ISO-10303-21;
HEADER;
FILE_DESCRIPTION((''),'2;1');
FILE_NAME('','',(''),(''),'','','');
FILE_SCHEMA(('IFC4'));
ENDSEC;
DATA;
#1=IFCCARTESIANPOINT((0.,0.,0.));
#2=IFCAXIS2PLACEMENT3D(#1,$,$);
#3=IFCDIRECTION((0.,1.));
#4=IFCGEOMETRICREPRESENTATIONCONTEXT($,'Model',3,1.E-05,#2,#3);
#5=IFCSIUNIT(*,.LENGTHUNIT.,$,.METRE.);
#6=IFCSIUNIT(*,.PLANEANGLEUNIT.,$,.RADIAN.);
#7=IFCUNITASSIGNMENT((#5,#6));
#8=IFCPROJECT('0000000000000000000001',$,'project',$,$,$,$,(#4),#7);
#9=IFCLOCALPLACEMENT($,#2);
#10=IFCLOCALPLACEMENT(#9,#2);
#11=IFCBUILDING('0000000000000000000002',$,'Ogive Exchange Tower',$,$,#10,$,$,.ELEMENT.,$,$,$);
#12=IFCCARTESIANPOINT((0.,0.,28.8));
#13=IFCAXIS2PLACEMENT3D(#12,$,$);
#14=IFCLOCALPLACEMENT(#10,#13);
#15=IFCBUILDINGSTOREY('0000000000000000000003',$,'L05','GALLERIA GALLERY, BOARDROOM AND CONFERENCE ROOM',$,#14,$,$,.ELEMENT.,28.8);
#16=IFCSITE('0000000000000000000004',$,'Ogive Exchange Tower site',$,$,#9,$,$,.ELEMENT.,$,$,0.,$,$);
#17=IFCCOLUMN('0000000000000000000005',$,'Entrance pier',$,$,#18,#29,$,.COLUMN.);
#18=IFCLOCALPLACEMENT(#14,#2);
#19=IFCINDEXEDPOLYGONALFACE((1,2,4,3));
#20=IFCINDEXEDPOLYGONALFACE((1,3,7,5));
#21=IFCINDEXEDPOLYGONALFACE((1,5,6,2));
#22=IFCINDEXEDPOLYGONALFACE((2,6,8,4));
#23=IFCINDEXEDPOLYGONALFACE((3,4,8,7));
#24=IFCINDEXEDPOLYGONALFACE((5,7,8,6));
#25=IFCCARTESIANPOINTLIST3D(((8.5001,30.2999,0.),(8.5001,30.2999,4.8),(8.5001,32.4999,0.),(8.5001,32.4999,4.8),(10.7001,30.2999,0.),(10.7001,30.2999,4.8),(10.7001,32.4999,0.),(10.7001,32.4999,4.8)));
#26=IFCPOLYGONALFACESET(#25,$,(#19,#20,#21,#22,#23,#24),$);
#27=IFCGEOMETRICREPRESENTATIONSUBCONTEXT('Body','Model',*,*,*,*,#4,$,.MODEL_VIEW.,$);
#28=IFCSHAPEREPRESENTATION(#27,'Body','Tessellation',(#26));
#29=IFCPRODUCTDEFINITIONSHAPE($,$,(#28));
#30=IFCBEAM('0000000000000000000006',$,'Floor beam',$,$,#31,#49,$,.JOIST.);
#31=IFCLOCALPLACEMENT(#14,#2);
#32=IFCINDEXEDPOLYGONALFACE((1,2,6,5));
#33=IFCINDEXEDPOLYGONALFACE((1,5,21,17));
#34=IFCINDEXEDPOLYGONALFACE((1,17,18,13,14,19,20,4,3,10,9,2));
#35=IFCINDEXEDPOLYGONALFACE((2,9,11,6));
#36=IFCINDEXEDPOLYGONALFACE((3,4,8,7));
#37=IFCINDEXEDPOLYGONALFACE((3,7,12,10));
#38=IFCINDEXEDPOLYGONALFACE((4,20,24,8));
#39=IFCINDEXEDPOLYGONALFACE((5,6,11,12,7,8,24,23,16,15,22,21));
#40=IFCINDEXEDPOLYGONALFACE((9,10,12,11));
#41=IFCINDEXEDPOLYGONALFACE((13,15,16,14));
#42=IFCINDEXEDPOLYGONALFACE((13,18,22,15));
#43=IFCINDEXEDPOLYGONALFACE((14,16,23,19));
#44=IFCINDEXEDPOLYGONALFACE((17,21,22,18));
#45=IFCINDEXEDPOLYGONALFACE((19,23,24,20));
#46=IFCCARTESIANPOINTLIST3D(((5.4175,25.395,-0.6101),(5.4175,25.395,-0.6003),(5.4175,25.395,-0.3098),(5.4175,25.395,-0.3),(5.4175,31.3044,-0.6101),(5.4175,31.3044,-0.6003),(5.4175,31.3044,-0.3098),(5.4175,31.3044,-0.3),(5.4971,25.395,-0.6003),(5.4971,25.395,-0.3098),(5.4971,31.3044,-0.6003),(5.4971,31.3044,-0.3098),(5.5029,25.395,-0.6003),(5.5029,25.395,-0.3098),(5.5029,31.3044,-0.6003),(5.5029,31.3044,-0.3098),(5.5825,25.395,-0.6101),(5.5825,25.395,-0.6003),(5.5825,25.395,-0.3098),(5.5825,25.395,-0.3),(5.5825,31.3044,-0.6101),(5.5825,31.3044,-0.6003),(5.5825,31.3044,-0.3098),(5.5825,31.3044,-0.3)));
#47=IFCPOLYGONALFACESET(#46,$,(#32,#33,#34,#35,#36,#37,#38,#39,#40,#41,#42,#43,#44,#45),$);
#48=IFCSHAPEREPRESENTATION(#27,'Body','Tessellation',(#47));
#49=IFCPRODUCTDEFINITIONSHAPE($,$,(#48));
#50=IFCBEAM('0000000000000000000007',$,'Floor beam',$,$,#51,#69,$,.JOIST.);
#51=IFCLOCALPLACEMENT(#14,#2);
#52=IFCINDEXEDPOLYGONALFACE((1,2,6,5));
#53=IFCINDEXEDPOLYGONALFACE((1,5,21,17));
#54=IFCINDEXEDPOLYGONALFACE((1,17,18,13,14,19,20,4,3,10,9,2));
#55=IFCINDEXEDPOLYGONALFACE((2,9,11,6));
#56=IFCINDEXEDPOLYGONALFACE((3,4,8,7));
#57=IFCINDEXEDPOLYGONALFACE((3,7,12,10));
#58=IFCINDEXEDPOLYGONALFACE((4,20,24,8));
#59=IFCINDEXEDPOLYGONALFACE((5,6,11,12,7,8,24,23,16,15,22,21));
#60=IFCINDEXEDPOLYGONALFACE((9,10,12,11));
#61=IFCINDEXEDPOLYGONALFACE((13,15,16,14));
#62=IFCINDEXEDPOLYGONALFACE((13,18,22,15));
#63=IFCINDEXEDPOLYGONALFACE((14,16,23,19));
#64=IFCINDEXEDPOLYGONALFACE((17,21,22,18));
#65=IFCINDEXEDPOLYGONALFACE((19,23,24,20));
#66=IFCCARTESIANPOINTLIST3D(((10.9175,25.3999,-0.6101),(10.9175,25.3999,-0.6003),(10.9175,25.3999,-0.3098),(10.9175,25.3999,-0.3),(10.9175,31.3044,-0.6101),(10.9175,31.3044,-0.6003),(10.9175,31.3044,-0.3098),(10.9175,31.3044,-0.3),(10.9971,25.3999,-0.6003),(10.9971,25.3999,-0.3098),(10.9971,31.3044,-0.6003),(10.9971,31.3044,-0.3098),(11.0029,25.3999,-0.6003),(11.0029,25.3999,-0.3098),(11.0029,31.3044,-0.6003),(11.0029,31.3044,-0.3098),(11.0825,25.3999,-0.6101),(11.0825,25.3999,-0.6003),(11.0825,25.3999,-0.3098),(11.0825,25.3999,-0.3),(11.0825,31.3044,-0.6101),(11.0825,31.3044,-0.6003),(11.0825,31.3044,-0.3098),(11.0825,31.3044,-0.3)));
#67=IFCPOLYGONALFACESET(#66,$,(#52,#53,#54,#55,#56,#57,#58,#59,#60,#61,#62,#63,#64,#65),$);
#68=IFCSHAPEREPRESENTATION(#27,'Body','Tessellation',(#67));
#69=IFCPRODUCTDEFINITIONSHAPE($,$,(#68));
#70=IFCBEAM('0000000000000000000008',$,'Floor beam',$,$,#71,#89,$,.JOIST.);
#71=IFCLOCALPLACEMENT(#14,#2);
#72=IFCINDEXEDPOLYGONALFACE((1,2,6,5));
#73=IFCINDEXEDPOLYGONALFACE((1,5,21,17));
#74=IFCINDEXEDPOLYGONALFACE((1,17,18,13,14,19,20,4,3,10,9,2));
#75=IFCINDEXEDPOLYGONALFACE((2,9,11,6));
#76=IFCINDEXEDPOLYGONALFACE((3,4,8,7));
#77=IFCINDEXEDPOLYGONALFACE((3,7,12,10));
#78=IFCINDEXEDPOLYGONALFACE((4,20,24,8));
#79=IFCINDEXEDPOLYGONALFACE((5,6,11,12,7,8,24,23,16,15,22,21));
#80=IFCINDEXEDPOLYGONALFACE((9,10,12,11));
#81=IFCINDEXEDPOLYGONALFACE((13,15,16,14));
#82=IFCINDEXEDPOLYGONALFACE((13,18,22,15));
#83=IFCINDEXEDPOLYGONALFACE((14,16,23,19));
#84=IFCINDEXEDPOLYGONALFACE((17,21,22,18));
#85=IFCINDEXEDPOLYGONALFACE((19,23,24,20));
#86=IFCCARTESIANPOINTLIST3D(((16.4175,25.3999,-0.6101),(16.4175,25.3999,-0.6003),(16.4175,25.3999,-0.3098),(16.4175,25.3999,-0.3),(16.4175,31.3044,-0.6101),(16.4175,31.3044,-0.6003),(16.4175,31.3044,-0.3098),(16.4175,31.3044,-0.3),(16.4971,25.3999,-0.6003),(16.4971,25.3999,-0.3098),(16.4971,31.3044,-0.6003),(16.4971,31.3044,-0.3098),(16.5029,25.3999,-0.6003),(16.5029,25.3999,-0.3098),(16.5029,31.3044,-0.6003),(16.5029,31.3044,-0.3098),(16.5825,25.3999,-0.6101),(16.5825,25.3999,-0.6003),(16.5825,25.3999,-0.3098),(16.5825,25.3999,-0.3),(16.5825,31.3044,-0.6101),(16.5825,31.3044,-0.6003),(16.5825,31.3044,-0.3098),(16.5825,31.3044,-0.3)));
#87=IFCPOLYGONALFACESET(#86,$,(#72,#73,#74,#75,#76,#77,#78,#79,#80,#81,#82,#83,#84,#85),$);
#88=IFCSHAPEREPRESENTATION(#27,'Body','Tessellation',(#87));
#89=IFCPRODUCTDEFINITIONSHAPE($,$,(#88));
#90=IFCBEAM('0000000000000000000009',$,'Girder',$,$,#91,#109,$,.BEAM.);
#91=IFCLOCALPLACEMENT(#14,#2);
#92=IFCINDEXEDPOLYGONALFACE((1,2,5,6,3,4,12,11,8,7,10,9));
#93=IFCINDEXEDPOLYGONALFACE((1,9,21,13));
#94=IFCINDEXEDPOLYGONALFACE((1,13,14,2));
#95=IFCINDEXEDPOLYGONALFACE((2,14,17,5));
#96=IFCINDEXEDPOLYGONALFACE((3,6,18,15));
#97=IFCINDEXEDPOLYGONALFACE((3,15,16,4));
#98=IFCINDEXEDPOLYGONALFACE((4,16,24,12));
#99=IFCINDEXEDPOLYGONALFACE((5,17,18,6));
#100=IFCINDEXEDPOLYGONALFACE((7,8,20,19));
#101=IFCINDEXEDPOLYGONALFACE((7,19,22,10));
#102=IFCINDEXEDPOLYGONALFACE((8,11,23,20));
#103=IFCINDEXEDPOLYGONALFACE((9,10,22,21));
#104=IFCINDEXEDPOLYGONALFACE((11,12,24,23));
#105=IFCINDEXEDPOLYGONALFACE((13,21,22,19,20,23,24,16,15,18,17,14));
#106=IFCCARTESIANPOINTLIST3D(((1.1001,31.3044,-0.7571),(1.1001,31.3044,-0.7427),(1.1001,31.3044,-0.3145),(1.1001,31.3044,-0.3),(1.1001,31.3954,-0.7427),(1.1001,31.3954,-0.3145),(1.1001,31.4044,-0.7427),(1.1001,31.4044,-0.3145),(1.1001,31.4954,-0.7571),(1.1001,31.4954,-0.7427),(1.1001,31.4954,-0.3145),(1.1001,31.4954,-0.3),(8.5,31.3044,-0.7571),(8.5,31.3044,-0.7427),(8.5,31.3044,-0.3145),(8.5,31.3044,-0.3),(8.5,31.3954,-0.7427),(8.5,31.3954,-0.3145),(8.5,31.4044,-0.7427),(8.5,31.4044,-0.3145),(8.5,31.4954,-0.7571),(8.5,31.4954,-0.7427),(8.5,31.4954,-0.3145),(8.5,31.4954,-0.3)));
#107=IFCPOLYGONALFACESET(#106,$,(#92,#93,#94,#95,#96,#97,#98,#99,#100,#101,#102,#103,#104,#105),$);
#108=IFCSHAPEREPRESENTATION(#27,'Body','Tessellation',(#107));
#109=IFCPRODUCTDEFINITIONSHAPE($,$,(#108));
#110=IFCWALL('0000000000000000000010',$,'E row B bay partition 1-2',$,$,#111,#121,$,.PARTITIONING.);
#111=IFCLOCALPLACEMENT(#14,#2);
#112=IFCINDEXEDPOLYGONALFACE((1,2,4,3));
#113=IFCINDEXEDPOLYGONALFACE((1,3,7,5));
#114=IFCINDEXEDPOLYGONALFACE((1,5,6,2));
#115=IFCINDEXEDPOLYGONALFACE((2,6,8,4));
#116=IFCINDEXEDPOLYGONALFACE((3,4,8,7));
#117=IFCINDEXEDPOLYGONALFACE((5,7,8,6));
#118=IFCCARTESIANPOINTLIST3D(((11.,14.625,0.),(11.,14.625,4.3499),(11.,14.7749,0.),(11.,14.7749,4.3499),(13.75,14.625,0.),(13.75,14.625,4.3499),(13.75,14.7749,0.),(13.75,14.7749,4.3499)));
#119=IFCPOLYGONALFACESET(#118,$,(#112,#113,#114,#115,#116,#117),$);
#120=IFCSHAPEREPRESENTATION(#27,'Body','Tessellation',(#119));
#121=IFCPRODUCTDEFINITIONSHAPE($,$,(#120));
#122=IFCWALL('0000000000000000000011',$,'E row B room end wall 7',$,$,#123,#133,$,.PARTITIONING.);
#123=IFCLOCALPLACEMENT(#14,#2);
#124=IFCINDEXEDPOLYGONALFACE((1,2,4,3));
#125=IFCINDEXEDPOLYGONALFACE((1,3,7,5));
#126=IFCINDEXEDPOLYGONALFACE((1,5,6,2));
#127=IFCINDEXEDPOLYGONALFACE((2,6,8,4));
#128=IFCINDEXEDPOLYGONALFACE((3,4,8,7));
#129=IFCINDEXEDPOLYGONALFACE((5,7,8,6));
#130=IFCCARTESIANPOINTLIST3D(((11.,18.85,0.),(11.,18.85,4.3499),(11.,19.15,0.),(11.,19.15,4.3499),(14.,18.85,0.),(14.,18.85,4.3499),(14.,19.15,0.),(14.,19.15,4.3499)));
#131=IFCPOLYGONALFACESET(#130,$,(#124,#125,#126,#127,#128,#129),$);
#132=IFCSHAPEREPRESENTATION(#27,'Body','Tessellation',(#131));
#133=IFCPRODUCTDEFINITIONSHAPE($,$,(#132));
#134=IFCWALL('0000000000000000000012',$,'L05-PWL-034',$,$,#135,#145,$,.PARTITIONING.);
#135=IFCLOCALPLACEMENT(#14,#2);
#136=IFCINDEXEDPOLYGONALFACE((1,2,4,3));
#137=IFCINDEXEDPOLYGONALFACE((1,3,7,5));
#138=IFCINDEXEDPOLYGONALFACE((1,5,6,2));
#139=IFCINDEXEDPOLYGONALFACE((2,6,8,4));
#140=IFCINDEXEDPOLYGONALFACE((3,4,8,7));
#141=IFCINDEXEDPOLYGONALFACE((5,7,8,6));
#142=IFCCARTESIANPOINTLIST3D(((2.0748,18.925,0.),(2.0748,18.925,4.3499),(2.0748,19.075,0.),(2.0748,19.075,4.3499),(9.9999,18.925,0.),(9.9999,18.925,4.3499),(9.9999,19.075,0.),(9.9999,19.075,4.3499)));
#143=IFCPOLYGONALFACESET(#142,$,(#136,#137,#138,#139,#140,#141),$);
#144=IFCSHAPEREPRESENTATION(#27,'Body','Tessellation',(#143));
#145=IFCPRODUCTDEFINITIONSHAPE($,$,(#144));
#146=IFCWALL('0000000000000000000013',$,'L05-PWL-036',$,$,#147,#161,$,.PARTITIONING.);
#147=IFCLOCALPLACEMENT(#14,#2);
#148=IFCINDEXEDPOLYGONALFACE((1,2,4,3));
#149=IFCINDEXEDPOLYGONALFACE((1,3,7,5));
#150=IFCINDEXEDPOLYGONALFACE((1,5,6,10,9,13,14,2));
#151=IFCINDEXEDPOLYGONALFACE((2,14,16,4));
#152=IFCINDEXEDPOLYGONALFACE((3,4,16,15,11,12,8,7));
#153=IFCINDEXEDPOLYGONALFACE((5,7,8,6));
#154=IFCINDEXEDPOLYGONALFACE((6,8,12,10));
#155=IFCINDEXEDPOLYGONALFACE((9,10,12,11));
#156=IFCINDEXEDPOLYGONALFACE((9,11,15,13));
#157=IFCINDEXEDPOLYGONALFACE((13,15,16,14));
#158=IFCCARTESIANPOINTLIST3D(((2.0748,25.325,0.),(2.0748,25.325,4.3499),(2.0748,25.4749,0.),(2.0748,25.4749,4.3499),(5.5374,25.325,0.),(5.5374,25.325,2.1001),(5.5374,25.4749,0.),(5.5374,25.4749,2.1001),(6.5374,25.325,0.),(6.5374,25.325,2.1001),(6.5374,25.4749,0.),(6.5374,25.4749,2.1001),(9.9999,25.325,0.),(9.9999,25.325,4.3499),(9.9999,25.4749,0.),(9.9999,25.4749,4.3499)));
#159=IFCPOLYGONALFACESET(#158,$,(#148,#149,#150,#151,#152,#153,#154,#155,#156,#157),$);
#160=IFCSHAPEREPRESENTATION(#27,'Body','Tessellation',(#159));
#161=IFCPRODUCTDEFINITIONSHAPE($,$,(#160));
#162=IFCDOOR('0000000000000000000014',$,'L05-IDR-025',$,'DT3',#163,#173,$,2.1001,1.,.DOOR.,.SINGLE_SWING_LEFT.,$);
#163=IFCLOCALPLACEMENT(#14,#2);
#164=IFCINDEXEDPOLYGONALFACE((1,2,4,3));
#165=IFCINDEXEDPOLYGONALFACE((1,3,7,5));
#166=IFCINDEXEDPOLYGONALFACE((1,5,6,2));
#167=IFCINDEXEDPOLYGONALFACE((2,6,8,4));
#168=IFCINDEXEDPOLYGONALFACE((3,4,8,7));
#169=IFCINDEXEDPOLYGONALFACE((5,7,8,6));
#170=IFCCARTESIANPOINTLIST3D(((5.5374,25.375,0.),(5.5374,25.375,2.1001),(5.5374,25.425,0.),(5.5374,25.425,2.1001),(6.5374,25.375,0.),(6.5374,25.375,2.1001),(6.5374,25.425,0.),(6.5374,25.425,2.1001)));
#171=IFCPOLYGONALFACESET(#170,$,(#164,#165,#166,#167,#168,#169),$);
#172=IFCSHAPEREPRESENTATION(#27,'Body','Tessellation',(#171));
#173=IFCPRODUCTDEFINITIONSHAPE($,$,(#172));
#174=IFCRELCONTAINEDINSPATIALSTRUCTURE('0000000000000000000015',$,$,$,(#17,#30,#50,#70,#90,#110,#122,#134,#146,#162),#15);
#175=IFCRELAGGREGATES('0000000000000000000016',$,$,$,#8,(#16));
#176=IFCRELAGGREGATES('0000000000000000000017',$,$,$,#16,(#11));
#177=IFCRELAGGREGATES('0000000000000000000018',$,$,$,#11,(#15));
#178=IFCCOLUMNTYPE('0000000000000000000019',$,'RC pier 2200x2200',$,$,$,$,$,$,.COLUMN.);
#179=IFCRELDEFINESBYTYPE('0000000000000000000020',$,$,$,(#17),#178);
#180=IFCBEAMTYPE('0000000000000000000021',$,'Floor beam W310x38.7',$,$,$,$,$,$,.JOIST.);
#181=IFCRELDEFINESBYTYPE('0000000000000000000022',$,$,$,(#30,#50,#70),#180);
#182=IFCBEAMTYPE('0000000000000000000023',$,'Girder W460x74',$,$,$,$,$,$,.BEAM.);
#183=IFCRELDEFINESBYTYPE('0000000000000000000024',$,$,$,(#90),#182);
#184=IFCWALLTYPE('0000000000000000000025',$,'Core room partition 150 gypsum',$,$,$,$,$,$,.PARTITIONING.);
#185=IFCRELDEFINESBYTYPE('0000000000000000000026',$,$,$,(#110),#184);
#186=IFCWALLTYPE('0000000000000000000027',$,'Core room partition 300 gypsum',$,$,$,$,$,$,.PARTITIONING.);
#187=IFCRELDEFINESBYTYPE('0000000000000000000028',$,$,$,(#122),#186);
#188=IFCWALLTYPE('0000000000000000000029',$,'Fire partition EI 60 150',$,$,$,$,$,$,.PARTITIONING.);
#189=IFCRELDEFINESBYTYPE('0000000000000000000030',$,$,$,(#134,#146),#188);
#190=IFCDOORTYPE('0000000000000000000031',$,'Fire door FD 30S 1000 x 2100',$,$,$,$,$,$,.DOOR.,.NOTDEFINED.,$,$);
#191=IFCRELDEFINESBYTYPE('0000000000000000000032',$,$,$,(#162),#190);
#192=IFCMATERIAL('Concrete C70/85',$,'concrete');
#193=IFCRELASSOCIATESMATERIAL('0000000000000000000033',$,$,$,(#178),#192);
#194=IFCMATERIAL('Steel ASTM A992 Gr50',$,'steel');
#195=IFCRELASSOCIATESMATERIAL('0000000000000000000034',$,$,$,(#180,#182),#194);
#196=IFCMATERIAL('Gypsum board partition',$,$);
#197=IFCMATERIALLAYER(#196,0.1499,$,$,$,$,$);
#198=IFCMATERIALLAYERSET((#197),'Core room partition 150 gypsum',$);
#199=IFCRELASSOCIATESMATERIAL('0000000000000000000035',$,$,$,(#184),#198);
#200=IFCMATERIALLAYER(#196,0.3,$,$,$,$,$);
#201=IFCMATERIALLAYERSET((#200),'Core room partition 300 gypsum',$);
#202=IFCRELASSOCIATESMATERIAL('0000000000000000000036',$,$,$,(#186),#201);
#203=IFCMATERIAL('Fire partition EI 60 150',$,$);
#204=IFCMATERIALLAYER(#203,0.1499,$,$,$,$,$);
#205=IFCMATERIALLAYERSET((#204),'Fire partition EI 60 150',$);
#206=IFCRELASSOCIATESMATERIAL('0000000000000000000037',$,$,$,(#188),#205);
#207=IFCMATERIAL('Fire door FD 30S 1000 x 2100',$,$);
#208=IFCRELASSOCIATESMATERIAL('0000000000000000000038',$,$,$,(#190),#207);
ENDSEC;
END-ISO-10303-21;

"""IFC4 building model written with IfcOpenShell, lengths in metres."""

from ifc_helpers import new_model, si_unit, direction, frame, frame_2d, origin, origin_2d, place, context, subcontext, project, spatial, rectangle, i_section, extrude, material, layer, layer_set, material_profile, profile_set, type_object, element, fill, save


model = new_model("IFC4")

# Units and contexts
model_context = context("Model", 3, precision=1e-05, world=origin(), true_north=direction((0.0, 1.0)))
body_context = subcontext(model_context, "Body", "Model", "MODEL_VIEW")
ifc_project = project(units=[si_unit("LENGTHUNIT", "METRE"), si_unit("PLANEANGLEUNIT", "RADIAN")], contexts=[model_context])

# Site, building, storey
site_placement = place(None, origin())
site = spatial("IfcSite", under=ifc_project, at=site_placement, Name="Ogive Exchange Tower site", CompositionType="ELEMENT", RefElevation=0.0)
building_placement = place(site_placement, origin())
building = spatial("IfcBuilding", under=site, at=building_placement, Name="Ogive Exchange Tower", CompositionType="ELEMENT")
storey_placement = place(building_placement, frame((0.0, 0.0, 28.8)))
storey = spatial("IfcBuildingStorey", under=building, at=storey_placement, Name="L05", Description="GALLERIA GALLERY, BOARDROOM AND CONFERENCE ROOM", CompositionType="ELEMENT", Elevation=28.8)

# Column
ifc_material_1 = material(Name="Concrete C70/85", Category="concrete")
ifc_material_profile_1 = material_profile(ifc_material_1, rectangle(XDim=2.2, YDim=2.2, at=origin_2d()), Name="RC 2200x2200")
ifc_profile_set_1 = profile_set([ifc_material_profile_1], Name="Concrete C70/85")
column_type = type_object("IfcColumnType", Name="RC pier 2200x2200", PredefinedType="COLUMN", material=ifc_profile_set_1)
column_placement = place(storey_placement, frame((9.6001, 31.3999, 0.0), z_axis=(0.0, 0.0, 1.0), x_axis=(1.0, 0.0, 0.0)))
element("IfcColumn", 1, at=column_placement, inside=storey, type_object=column_type, Name="Entrance pier", PredefinedType="COLUMN", context=body_context, shape_type="SweptSolid", body=[
    extrude(rectangle(XDim=2.2, YDim=2.2, at=origin_2d()), origin(), (0.0, 0.0, 1.0), 4.8),
])

# Beams
ifc_material_2 = material(Name="Steel ASTM A992 Gr50", Category="steel")
ifc_material_profile_2 = material_profile(ifc_material_2, i_section(OverallWidth=0.165, OverallDepth=0.3101, WebThickness=0.0059, FlangeThickness=0.0098, at=origin_2d()), Name="W310x38.7")
ifc_profile_set_2 = profile_set([ifc_material_profile_2], Name="Steel ASTM A992 Gr50")
beam_type_1 = type_object("IfcBeamType", Name="Floor beam W310x38.7", PredefinedType="JOIST", material=ifc_profile_set_2)
beam_1_placement = place(storey_placement, frame((5.5, 25.395, -0.4551), z_axis=(0.0, 1.0, 0.0), x_axis=(-1.0, 0.0, 0.0)))
element("IfcBeam", 2, at=beam_1_placement, inside=storey, type_object=beam_type_1, Name="Floor beam", PredefinedType="JOIST", context=body_context, shape_type="SweptSolid", body=[
    extrude(i_section(OverallWidth=0.165, OverallDepth=0.3101, WebThickness=0.0059, FlangeThickness=0.0098, at=origin_2d()), origin(), (0.0, 0.0, 1.0), 5.9094),
])
for number, where, z_axis, x_axis, name in (
    (3, (11.0, 25.3999, -0.4551), (0.0, 1.0, 0.0), (-1.0, 0.0, 0.0), "Floor beam"),
    (4, (16.5, 25.3999, -0.4551), (0.0, 1.0, 0.0), (-1.0, 0.0, 0.0), "Floor beam"),
):
    element("IfcBeam", number, at=place(storey_placement, frame(where, z_axis=z_axis, x_axis=x_axis)), inside=storey, type_object=beam_type_1, Name=name, PredefinedType="JOIST", context=body_context, shape_type="SweptSolid", body=[
        extrude(i_section(OverallWidth=0.165, OverallDepth=0.3101, WebThickness=0.0059, FlangeThickness=0.0098, at=origin_2d()), origin(), (0.0, 0.0, 1.0), 5.9045),
    ])
ifc_material_profile_3 = material_profile(ifc_material_2, i_section(OverallWidth=0.1909, OverallDepth=0.457, WebThickness=0.009, FlangeThickness=0.0144, at=origin_2d()), Name="W460x74")
ifc_profile_set_3 = profile_set([ifc_material_profile_3], Name="Steel ASTM A992 Gr50")
beam_type_2 = type_object("IfcBeamType", Name="Girder W460x74", PredefinedType="BEAM", material=ifc_profile_set_3)
beam_2_placement = place(storey_placement, frame((8.5, 31.3999, -0.5286), z_axis=(-1.0, 0.0, 0.0), x_axis=(0.0, -1.0, 0.0)))
element("IfcBeam", 5, at=beam_2_placement, inside=storey, type_object=beam_type_2, Name="Girder", PredefinedType="BEAM", context=body_context, shape_type="SweptSolid", body=[
    extrude(i_section(OverallWidth=0.1909, OverallDepth=0.457, WebThickness=0.009, FlangeThickness=0.0144, at=origin_2d()), origin(), (0.0, 0.0, 1.0), 7.3999),
])

# Walls
ifc_material_3 = material(Name="Gypsum board partition")
ifc_layer_1 = layer(ifc_material_3, 0.1499)
ifc_layer_set_1 = layer_set([ifc_layer_1], Name="Core room partition 150 gypsum")
wall_type_1 = type_object("IfcWallType", Name="Core room partition 150 gypsum", PredefinedType="PARTITIONING", material=ifc_layer_set_1)
wall_1_placement = place(storey_placement, frame((11.0, 14.7, 0.0), z_axis=(0.0, 0.0, 1.0), x_axis=(1.0, 0.0, 0.0)))
element("IfcWall", 6, at=wall_1_placement, inside=storey, type_object=wall_type_1, Name="E row B bay partition 1-2", PredefinedType="PARTITIONING", context=body_context, shape_type="SweptSolid", body=[
    extrude(rectangle(XDim=2.75, YDim=0.1499, at=frame_2d((1.375, 0.0))), origin(), (0.0, 0.0, 1.0), 4.3499),
])
ifc_layer_2 = layer(ifc_material_3, 0.3)
ifc_layer_set_2 = layer_set([ifc_layer_2], Name="Core room partition 300 gypsum")
wall_type_2 = type_object("IfcWallType", Name="Core room partition 300 gypsum", PredefinedType="PARTITIONING", material=ifc_layer_set_2)
wall_2_placement = place(storey_placement, frame((11.0, 19.0, 0.0), z_axis=(0.0, 0.0, 1.0), x_axis=(1.0, 0.0, 0.0)))
element("IfcWall", 7, at=wall_2_placement, inside=storey, type_object=wall_type_2, Name="E row B room end wall 7", PredefinedType="PARTITIONING", context=body_context, shape_type="SweptSolid", body=[
    extrude(rectangle(XDim=3.0, YDim=0.3, at=frame_2d((1.5, 0.0))), origin(), (0.0, 0.0, 1.0), 4.3499),
])
ifc_material_4 = material(Name="Fire partition EI 60 150")
ifc_layer_3 = layer(ifc_material_4, 0.1499)
ifc_layer_set_3 = layer_set([ifc_layer_3], Name="Fire partition EI 60 150")
wall_type_3 = type_object("IfcWallType", Name="Fire partition EI 60 150", PredefinedType="PARTITIONING", material=ifc_layer_set_3)
wall_3_placement = place(storey_placement, frame((2.075, 19.0, 0.0), z_axis=(0.0, 0.0, 1.0), x_axis=(1.0, 0.0, 0.0)))
element("IfcWall", 8, at=wall_3_placement, inside=storey, type_object=wall_type_3, Name="L05-PWL-034", PredefinedType="PARTITIONING", context=body_context, shape_type="SweptSolid", body=[
    extrude(rectangle(XDim=7.925, YDim=0.1499, at=frame_2d((3.9624, 0.0))), origin(), (0.0, 0.0, 1.0), 4.3499),
])

# Wall, opening, door
wall_4_placement = place(storey_placement, frame((2.075, 25.3999, 0.0), z_axis=(0.0, 0.0, 1.0), x_axis=(1.0, 0.0, 0.0)))
wall_4 = element("IfcWall", 9, at=wall_4_placement, inside=storey, type_object=wall_type_3, Name="L05-PWL-036", PredefinedType="PARTITIONING", context=body_context, shape_type="SweptSolid", body=[
    extrude(rectangle(XDim=7.925, YDim=0.1499, at=frame_2d((3.9624, 0.0))), origin(), (0.0, 0.0, 1.0), 4.3499),
])
opening_1_placement = place(wall_4_placement, frame((3.4624, 0.0, 0.0)))
opening_1 = element("IfcOpeningElement", 10, at=opening_1_placement, cuts=wall_4, PredefinedType="OPENING", context=body_context, shape_type="SweptSolid", body=[
    extrude(rectangle(XDim=1.0, YDim=2.1001, at=frame_2d((0.5, 1.05))), frame((0.0, 0.085, 0.0), z_axis=(0.0, -1.0, 0.0), x_axis=(1.0, 0.0, 0.0)), (0.0, 0.0, 1.0), 0.1699),
])
ifc_material_5 = material(Name="Fire door FD 30S 1000 x 2100")
door_type_1 = type_object("IfcDoorType", Name="Fire door FD 30S 1000 x 2100", OperationType="NOTDEFINED", PredefinedType="DOOR", material=ifc_material_5)
door_1_placement = place(opening_1_placement, frame((1.0, 0.0, 0.0), z_axis=(0.0, 0.0, 1.0), x_axis=(-1.0, 0.0, 0.0)))
door_1 = element("IfcDoor", 11, at=door_1_placement, inside=storey, type_object=door_type_1, Name="L05-IDR-025", ObjectType="DT3", OperationType="SINGLE_SWING_LEFT", OverallHeight=2.1001, OverallWidth=1.0, PredefinedType="DOOR", context=body_context, shape_type="SweptSolid", body=[
    extrude(rectangle(XDim=1.0, YDim=2.1001, at=frame_2d((0.5, 1.05))), frame((0.0, 0.0249, 0.0), z_axis=(0.0, -1.0, 0.0), x_axis=(1.0, 0.0, 0.0)), (0.0, 0.0, 1.0), 0.05),
])
fill(opening_1, door_1)

save(model, "model.ifc")
